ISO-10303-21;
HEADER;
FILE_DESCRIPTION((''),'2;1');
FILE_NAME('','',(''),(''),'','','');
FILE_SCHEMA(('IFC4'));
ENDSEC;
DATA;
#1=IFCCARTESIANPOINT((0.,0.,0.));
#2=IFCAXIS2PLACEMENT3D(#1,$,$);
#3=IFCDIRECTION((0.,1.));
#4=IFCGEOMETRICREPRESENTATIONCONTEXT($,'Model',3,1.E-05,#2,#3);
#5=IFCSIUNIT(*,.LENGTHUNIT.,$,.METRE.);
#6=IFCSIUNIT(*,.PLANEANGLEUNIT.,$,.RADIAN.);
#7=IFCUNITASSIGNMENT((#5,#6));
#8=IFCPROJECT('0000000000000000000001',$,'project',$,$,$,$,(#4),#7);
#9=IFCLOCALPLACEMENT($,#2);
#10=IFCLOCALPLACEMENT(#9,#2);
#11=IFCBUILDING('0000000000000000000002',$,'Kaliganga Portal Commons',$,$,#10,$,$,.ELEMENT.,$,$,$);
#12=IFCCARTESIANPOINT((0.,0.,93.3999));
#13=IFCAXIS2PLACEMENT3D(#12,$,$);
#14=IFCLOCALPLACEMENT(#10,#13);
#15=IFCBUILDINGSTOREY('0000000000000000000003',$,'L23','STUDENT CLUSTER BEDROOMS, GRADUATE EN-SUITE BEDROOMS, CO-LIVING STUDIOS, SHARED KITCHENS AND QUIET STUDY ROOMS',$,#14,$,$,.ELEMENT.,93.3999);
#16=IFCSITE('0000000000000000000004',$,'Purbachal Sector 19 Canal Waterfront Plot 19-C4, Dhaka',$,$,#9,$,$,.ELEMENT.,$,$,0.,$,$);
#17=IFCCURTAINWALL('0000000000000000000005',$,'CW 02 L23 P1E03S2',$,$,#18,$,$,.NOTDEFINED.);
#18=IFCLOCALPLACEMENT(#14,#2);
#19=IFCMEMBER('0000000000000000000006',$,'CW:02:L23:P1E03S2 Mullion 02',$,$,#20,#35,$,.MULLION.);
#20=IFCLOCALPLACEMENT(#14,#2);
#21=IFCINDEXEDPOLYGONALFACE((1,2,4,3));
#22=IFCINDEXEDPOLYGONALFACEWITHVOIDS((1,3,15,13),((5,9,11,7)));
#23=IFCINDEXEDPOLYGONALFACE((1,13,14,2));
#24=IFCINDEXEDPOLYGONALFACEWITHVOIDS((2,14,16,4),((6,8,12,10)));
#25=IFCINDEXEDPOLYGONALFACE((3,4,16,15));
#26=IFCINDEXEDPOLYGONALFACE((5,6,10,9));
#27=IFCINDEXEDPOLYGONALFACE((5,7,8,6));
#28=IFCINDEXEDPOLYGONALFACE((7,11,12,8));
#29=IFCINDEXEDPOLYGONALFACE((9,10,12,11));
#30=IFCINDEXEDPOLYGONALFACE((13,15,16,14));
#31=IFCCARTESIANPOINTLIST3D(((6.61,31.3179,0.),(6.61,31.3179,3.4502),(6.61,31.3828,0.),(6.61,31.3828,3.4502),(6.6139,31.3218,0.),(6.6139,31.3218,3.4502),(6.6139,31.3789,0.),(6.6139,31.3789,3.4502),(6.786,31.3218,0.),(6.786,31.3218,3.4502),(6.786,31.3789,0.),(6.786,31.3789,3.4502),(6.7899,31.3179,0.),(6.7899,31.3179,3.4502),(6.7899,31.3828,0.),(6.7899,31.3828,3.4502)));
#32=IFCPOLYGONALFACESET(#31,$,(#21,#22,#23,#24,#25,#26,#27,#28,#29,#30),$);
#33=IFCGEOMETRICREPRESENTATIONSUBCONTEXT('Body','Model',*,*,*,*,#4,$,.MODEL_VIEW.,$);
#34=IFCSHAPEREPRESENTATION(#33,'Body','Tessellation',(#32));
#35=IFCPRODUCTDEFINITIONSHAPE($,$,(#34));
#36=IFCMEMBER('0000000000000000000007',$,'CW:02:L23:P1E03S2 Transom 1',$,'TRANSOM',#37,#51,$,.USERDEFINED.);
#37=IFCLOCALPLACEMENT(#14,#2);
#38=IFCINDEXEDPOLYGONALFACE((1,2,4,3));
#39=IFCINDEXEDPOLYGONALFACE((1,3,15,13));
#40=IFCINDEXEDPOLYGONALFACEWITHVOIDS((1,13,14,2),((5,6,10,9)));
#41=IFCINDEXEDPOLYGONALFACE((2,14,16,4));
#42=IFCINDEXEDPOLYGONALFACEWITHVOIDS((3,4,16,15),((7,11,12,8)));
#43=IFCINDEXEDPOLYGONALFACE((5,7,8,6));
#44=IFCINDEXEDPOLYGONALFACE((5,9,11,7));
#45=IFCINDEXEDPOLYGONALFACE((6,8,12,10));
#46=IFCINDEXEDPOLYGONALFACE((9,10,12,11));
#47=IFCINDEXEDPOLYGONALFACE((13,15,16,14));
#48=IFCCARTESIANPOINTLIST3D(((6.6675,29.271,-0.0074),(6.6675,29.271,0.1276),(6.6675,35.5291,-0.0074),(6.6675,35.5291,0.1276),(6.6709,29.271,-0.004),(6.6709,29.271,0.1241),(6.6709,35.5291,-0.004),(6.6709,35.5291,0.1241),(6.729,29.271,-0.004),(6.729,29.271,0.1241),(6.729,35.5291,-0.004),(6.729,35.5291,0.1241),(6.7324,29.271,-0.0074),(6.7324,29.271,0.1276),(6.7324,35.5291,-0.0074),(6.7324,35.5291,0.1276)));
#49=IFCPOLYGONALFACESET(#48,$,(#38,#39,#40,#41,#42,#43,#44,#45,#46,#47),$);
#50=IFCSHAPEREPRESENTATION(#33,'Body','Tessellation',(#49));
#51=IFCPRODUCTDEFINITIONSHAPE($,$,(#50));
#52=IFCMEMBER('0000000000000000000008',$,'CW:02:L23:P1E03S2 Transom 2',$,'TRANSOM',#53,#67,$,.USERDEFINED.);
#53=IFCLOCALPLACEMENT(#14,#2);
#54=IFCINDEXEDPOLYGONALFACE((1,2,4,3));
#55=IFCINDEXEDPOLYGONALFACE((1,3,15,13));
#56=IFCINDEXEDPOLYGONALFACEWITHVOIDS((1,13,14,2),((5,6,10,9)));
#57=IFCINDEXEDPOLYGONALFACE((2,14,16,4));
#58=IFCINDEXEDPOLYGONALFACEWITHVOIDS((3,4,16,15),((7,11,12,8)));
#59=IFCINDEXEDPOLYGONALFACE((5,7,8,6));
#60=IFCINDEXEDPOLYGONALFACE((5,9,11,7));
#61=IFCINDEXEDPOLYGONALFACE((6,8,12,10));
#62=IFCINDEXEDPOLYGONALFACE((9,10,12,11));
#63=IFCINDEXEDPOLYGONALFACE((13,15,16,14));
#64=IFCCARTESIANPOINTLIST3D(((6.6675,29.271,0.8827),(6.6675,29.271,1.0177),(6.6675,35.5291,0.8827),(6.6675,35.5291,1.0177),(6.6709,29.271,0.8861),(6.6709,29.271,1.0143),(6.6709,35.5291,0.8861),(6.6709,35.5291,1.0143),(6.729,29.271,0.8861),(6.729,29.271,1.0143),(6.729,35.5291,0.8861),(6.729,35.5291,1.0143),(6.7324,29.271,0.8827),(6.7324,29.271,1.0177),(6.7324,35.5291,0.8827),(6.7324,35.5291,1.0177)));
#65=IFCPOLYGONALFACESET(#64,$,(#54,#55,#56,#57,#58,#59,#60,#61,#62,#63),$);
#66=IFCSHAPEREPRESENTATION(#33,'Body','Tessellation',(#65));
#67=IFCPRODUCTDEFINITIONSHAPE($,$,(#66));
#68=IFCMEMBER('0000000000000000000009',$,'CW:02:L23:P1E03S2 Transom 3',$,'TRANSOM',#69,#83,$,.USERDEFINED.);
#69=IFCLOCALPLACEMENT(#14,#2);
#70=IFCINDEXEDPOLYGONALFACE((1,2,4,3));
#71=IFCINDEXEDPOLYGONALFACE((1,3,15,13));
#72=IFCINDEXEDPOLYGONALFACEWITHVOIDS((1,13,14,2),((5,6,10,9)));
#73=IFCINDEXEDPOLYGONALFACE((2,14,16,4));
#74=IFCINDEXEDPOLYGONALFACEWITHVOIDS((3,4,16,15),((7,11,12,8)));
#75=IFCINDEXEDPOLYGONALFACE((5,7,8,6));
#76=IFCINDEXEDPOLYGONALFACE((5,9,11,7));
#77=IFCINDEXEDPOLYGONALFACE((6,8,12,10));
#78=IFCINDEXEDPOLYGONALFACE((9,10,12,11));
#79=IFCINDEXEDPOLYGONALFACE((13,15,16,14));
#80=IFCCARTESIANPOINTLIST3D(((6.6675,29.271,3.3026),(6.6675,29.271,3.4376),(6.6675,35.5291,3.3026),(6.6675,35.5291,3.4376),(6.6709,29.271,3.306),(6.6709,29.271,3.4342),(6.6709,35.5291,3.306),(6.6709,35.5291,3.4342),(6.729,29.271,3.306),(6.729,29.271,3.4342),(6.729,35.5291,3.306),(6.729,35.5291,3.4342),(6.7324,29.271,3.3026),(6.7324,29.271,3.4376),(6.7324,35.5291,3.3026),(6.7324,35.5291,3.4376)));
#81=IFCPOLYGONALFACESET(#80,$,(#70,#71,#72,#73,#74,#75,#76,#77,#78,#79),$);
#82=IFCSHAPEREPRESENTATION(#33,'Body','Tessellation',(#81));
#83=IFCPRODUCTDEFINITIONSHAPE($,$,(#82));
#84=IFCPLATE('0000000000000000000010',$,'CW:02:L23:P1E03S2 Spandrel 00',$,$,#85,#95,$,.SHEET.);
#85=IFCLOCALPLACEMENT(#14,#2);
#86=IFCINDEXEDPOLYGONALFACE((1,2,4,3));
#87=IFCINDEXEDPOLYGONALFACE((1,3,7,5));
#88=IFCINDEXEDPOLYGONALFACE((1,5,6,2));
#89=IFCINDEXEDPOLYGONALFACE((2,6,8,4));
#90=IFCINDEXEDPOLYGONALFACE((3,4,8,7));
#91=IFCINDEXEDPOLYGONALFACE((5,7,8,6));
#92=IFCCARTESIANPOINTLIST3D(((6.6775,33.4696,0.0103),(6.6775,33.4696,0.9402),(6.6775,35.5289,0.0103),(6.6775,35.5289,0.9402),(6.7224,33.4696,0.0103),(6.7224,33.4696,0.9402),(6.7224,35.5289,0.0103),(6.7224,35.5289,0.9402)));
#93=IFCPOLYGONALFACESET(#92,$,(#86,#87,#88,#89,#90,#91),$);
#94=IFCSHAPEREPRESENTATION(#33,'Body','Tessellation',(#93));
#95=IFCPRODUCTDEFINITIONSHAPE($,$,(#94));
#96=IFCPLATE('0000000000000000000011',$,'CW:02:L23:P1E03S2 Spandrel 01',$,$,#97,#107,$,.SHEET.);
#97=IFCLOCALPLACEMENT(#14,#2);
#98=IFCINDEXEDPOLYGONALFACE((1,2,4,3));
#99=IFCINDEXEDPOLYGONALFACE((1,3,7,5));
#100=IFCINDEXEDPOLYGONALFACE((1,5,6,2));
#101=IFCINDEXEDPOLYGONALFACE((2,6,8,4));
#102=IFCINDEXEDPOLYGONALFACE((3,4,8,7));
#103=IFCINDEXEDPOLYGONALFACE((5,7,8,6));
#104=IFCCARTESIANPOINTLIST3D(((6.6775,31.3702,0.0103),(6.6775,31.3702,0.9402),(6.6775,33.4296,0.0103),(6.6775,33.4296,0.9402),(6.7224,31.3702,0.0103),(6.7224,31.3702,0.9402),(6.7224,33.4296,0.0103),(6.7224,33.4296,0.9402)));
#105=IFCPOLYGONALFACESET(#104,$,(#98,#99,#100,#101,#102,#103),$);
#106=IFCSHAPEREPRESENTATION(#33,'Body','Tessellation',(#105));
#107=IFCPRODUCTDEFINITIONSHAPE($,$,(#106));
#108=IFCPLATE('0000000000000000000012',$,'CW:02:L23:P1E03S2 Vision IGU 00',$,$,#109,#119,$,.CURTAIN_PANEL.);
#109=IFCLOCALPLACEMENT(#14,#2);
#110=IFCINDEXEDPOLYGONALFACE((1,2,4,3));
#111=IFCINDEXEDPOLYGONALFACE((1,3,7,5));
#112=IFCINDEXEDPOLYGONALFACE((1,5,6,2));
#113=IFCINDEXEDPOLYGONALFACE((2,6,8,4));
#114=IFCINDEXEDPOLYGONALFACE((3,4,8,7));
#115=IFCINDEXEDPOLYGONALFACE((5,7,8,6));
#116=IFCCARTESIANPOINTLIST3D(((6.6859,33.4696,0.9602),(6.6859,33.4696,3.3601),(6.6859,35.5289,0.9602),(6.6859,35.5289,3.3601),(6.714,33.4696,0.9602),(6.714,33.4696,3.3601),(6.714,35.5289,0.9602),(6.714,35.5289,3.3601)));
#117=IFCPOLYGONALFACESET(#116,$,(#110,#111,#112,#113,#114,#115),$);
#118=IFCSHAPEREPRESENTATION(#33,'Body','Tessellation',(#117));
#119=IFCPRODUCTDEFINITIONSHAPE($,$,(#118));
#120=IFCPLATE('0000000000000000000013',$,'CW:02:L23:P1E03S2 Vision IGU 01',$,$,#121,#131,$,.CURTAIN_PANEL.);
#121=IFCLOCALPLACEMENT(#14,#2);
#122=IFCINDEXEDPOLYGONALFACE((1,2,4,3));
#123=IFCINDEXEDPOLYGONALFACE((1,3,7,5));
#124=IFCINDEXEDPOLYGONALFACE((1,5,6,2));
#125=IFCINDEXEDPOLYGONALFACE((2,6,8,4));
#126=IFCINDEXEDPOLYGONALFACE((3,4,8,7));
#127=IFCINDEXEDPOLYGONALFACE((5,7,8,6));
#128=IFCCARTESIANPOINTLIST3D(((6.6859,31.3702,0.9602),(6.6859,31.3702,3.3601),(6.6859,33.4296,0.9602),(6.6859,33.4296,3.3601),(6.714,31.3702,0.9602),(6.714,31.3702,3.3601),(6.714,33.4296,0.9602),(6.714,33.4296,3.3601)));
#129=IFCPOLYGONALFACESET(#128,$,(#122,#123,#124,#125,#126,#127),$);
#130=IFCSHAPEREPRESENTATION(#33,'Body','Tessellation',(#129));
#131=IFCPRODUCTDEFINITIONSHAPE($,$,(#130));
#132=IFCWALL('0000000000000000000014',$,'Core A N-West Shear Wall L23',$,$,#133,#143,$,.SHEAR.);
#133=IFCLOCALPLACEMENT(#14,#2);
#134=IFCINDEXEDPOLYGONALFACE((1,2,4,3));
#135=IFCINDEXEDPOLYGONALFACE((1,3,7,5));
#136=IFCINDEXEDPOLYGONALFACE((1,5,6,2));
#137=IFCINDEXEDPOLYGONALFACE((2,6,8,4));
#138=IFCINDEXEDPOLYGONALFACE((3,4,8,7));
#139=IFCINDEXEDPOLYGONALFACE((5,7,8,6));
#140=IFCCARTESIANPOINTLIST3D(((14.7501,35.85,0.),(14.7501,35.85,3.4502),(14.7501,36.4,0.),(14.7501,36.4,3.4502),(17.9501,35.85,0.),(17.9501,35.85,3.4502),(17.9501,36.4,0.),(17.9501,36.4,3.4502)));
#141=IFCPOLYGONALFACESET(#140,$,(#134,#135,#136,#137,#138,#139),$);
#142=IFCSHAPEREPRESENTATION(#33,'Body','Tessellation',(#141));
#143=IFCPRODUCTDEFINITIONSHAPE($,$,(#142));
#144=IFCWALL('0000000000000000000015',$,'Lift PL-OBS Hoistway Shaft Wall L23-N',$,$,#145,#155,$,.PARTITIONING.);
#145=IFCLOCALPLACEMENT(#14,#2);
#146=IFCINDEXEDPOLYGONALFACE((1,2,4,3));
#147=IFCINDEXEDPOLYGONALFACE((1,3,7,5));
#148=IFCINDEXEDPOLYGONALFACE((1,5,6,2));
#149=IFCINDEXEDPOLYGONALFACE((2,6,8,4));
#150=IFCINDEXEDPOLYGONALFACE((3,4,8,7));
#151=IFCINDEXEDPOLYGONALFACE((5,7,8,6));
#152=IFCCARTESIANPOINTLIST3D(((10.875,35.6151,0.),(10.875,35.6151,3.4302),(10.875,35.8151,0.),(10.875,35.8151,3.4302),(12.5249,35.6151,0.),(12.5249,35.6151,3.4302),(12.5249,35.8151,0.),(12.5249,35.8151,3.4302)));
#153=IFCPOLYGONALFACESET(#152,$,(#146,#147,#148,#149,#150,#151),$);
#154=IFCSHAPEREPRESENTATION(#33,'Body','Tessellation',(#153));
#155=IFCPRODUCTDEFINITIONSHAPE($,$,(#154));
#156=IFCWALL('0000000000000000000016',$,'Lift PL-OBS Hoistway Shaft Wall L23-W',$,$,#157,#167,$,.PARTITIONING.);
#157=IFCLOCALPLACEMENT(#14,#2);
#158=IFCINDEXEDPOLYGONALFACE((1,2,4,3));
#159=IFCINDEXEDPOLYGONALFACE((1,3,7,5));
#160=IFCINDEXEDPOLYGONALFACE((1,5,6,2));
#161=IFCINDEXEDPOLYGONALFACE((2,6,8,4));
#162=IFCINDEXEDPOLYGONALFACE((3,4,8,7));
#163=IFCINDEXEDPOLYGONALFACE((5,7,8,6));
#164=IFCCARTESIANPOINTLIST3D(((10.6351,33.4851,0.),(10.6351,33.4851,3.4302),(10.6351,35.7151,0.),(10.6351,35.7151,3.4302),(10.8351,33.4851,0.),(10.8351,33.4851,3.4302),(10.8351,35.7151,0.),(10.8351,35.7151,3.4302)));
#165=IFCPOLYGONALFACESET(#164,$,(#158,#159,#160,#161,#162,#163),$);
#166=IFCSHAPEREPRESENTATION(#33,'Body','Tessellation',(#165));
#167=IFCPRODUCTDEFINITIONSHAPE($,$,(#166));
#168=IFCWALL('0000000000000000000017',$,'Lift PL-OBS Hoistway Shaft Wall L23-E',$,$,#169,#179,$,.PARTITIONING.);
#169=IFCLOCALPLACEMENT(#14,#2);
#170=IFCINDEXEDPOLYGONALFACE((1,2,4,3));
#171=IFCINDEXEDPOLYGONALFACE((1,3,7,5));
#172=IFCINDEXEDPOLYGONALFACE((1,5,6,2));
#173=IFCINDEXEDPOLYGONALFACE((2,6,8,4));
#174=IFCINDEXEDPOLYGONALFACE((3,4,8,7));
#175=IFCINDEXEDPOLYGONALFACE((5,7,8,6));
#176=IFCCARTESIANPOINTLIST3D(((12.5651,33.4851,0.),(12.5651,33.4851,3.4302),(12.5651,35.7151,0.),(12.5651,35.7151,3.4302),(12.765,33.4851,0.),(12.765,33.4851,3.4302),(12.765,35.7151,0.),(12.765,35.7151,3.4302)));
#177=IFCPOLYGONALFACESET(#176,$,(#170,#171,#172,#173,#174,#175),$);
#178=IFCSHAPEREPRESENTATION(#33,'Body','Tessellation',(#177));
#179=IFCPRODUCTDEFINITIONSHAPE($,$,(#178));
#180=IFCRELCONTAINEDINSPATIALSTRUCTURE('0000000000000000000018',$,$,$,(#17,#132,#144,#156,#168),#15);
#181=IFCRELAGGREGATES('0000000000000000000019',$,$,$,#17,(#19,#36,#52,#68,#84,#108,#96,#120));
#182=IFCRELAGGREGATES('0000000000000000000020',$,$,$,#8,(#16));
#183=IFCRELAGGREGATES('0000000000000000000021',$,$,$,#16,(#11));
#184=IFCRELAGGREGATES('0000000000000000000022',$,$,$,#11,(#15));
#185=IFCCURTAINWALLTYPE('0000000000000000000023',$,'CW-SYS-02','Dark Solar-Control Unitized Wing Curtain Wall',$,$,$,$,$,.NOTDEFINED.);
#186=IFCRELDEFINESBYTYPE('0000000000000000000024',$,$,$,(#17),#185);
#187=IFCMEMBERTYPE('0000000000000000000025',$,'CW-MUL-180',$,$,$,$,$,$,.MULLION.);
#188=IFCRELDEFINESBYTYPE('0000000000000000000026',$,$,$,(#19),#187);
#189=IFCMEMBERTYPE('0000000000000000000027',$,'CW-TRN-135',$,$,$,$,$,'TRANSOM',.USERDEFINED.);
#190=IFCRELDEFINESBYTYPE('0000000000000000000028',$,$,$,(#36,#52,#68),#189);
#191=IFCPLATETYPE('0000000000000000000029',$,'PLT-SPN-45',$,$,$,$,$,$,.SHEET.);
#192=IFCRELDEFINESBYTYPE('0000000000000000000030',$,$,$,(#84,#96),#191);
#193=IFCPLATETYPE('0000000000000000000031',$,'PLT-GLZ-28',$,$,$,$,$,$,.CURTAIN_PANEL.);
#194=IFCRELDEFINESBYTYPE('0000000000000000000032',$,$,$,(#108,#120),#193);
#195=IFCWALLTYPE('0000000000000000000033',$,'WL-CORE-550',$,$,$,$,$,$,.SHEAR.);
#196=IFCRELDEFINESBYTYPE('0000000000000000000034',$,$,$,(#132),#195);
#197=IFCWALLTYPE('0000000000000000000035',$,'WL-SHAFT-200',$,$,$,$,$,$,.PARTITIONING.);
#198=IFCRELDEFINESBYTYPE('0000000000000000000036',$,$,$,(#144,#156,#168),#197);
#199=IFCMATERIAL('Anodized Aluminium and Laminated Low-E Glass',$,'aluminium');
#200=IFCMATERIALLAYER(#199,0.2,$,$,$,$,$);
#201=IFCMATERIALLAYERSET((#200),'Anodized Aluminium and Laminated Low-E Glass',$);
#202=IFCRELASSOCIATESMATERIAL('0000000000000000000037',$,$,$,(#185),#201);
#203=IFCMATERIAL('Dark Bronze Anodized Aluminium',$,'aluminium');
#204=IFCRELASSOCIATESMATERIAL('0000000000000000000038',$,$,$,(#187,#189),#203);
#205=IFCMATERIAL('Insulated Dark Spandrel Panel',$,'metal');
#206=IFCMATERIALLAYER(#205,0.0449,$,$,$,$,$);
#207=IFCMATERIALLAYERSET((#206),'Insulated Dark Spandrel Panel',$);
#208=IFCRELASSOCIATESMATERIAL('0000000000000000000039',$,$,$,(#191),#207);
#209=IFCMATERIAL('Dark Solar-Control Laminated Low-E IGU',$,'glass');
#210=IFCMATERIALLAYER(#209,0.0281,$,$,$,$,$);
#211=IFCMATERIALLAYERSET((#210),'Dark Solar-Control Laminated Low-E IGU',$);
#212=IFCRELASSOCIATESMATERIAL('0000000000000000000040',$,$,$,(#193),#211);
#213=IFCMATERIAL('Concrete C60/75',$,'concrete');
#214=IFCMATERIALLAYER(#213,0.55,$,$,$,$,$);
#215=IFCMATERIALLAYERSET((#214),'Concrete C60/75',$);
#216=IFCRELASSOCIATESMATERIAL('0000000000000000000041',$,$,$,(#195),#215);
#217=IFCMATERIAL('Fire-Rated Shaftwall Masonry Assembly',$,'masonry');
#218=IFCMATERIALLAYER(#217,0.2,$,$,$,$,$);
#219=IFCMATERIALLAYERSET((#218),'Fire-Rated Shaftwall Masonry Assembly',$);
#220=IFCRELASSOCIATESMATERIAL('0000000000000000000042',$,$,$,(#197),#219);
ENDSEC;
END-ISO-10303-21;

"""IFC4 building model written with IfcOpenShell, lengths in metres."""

from ifc_helpers import new_model, si_unit, direction, frame, frame_2d, origin, origin_2d, place, context, subcontext, project, spatial, rectangle, hollow_rectangle, extrude, source, transform, mapped, material, layer, layer_set, material_profile, profile_set, type_object, element, aggregate, save


model = new_model("IFC4")

# Units and contexts
model_context = context("Model", 3, precision=1e-05, world=origin(), true_north=direction((0.0, 1.0)))
body_context = subcontext(model_context, "Body", "Model", "MODEL_VIEW")
ifc_project = project(units=[si_unit("LENGTHUNIT", "METRE"), si_unit("PLANEANGLEUNIT", "RADIAN")], contexts=[model_context])

# Site, building, storey
site_placement = place(None, origin())
site = spatial("IfcSite", under=ifc_project, at=site_placement, Name="Purbachal Sector 19 Canal Waterfront Plot 19-C4, Dhaka", CompositionType="ELEMENT", RefElevation=0.0)
building_placement = place(site_placement, origin())
building = spatial("IfcBuilding", under=site, at=building_placement, Name="Kaliganga Portal Commons", CompositionType="ELEMENT")
storey_placement = place(building_placement, frame((0.0, 0.0, 93.3999)))
storey = spatial("IfcBuildingStorey", under=building, at=storey_placement, Name="L23", Description="STUDENT CLUSTER BEDROOMS, GRADUATE EN-SUITE BEDROOMS, CO-LIVING STUDIOS, SHARED KITCHENS AND QUIET STUDY ROOMS", CompositionType="ELEMENT", Elevation=93.3999)

# Shared definitions
ifc_material_1 = material(Name="Concrete C60/75", Category="concrete")

# Shared definitions
ifc_material_2 = material(Name="Anodized Aluminium and Laminated Low-E Glass", Category="aluminium")
ifc_layer_1 = layer(ifc_material_2, 0.2)
ifc_layer_set_1 = layer_set([ifc_layer_1], Name="Anodized Aluminium and Laminated Low-E Glass")
curtain_wall_type = type_object("IfcCurtainWallType", Name="CW-SYS-02", Description="Dark Solar-Control Unitized Wing Curtain Wall", PredefinedType="NOTDEFINED", material=ifc_layer_set_1)
ifc_material_3 = material(Name="Dark Bronze Anodized Aluminium", Category="aluminium")
ifc_material_profile_1 = material_profile(ifc_material_3, hollow_rectangle(XDim=0.0649, YDim=0.1799, WallThickness=0.0039, at=origin_2d()), Name="ALU MULL 65x180x4")
ifc_profile_set_1 = profile_set([ifc_material_profile_1], Name="Dark Bronze Anodized Aluminium")
member_type_1 = type_object("IfcMemberType", Name="CW-MUL-180", PredefinedType="MULLION", material=ifc_profile_set_1)
shared_shape_1 = source(origin(), body_context, "Body", "SweptSolid", [
    extrude(hollow_rectangle(XDim=0.0649, YDim=0.1799, WallThickness=0.0039, at=origin_2d()), origin(), (0.0, 0.0, 1.0), 3.4502),
])

# Curtain wall, members, plates
curtain_wall_1_placement = place(storey_placement, origin())
curtain_wall_1 = element("IfcCurtainWall", 1, at=curtain_wall_1_placement, inside=storey, type_object=curtain_wall_type, Name="CW 02 L23 P1E03S2", PredefinedType="NOTDEFINED")
member_1_placement = place(storey_placement, frame((6.7, 31.3503, 0.0), z_axis=(0.0, 0.0, 1.0), x_axis=(0.0, -1.0, 0.0)))
member_1 = element("IfcMember", 2, at=member_1_placement, type_object=member_type_1, Name="CW:02:L23:P1E03S2 Mullion 02", PredefinedType="MULLION", context=body_context, shape_type="MappedRepresentation", body=[
    mapped(shared_shape_1, transform((0.0, 0.0, 0.0), x_axis=(1.0, 0.0, 0.0), y_axis=(0.0, 1.0, 0.0), z_axis=(0.0, 0.0, 1.0), scale=1.0)),
])
ifc_material_profile_2 = material_profile(ifc_material_3, hollow_rectangle(XDim=0.0649, YDim=0.135, WallThickness=0.0034, at=origin_2d()), Name="ALU TRAN 65x135x3.5")
ifc_profile_set_2 = profile_set([ifc_material_profile_2], Name="Dark Bronze Anodized Aluminium")
member_type_2 = type_object("IfcMemberType", Name="CW-TRN-135", ElementType="TRANSOM", PredefinedType="USERDEFINED", material=ifc_profile_set_2)
shared_shape_2 = source(origin(), body_context, "Body", "SweptSolid", [
    extrude(hollow_rectangle(XDim=0.0649, YDim=0.135, WallThickness=0.0034, at=origin_2d()), origin(), (0.0, 0.0, 1.0), 6.2581),
])
member_2_placement = place(storey_placement, frame((6.7, 35.5291, 0.0601), z_axis=(0.0, -1.0, 0.0), x_axis=(1.0, 0.0, 0.0)))
member_2 = element("IfcMember", 3, at=member_2_placement, type_object=member_type_2, Name="CW:02:L23:P1E03S2 Transom 1", ObjectType="TRANSOM", PredefinedType="USERDEFINED", context=body_context, shape_type="MappedRepresentation", body=[
    mapped(shared_shape_2, transform((0.0, 0.0, 0.0), x_axis=(1.0, 0.0, 0.0), y_axis=(0.0, 1.0, 0.0), z_axis=(0.0, 0.0, 1.0), scale=1.0)),
])
member_3_placement = place(storey_placement, frame((6.7, 35.5291, 0.9502), z_axis=(0.0, -1.0, 0.0), x_axis=(1.0, 0.0, 0.0)))
member_3 = element("IfcMember", 4, at=member_3_placement, type_object=member_type_2, Name="CW:02:L23:P1E03S2 Transom 2", ObjectType="TRANSOM", PredefinedType="USERDEFINED", context=body_context, shape_type="MappedRepresentation", body=[
    mapped(shared_shape_2, transform((0.0, 0.0, 0.0), x_axis=(1.0, 0.0, 0.0), y_axis=(0.0, 1.0, 0.0), z_axis=(0.0, 0.0, 1.0), scale=1.0)),
])
member_4_placement = place(storey_placement, frame((6.7, 35.5291, 3.3701), z_axis=(0.0, -1.0, 0.0), x_axis=(1.0, 0.0, 0.0)))
member_4 = element("IfcMember", 5, at=member_4_placement, type_object=member_type_2, Name="CW:02:L23:P1E03S2 Transom 3", ObjectType="TRANSOM", PredefinedType="USERDEFINED", context=body_context, shape_type="MappedRepresentation", body=[
    mapped(shared_shape_2, transform((0.0, 0.0, 0.0), x_axis=(1.0, 0.0, 0.0), y_axis=(0.0, 1.0, 0.0), z_axis=(0.0, 0.0, 1.0), scale=1.0)),
])
ifc_material_4 = material(Name="Insulated Dark Spandrel Panel", Category="metal")
ifc_layer_2 = layer(ifc_material_4, 0.0449)
ifc_layer_set_2 = layer_set([ifc_layer_2], Name="Insulated Dark Spandrel Panel")
plate_type_1 = type_object("IfcPlateType", Name="PLT-SPN-45", PredefinedType="SHEET", material=ifc_layer_set_2)
shared_shape_3 = source(origin(), body_context, "Body", "SweptSolid", [
    extrude(rectangle(XDim=2.0593, YDim=0.0449, at=origin_2d()), origin(), (0.0, 0.0, 1.0), 0.9299),
])
plate_1_placement = place(storey_placement, frame((6.7, 34.4993, 0.0103), z_axis=(0.0, 0.0, 1.0), x_axis=(0.0, -1.0, 0.0)))
plate_1 = element("IfcPlate", 6, at=plate_1_placement, type_object=plate_type_1, Name="CW:02:L23:P1E03S2 Spandrel 00", PredefinedType="SHEET", context=body_context, shape_type="MappedRepresentation", body=[
    mapped(shared_shape_3, transform((0.0, 0.0, 0.0), x_axis=(1.0, 0.0, 0.0), y_axis=(0.0, 1.0, 0.0), z_axis=(0.0, 0.0, 1.0), scale=1.0)),
])
plate_2_placement = place(storey_placement, frame((6.7, 32.3999, 0.0103), z_axis=(0.0, 0.0, 1.0), x_axis=(0.0, -1.0, 0.0)))
plate_2 = element("IfcPlate", 7, at=plate_2_placement, type_object=plate_type_1, Name="CW:02:L23:P1E03S2 Spandrel 01", PredefinedType="SHEET", context=body_context, shape_type="MappedRepresentation", body=[
    mapped(shared_shape_3, transform((0.0, 0.0, 0.0), x_axis=(1.0, 0.0, 0.0), y_axis=(0.0, 1.0, 0.0), z_axis=(0.0, 0.0, 1.0), scale=1.0)),
])
ifc_material_5 = material(Name="Dark Solar-Control Laminated Low-E IGU", Category="glass")
ifc_layer_3 = layer(ifc_material_5, 0.0281)
ifc_layer_set_3 = layer_set([ifc_layer_3], Name="Dark Solar-Control Laminated Low-E IGU")
plate_type_2 = type_object("IfcPlateType", Name="PLT-GLZ-28", PredefinedType="CURTAIN_PANEL", material=ifc_layer_set_3)
shared_shape_4 = source(origin(), body_context, "Body", "SweptSolid", [
    extrude(rectangle(XDim=2.0593, YDim=0.0281, at=origin_2d()), origin(), (0.0, 0.0, 1.0), 2.3999),
])
plate_3_placement = place(storey_placement, frame((6.7, 34.4993, 0.9602), z_axis=(0.0, 0.0, 1.0), x_axis=(0.0, -1.0, 0.0)))
plate_3 = element("IfcPlate", 8, at=plate_3_placement, type_object=plate_type_2, Name="CW:02:L23:P1E03S2 Vision IGU 00", PredefinedType="CURTAIN_PANEL", context=body_context, shape_type="MappedRepresentation", body=[
    mapped(shared_shape_4, transform((0.0, 0.0, 0.0), x_axis=(1.0, 0.0, 0.0), y_axis=(0.0, 1.0, 0.0), z_axis=(0.0, 0.0, 1.0), scale=1.0)),
])
plate_4_placement = place(storey_placement, frame((6.7, 32.3999, 0.9602), z_axis=(0.0, 0.0, 1.0), x_axis=(0.0, -1.0, 0.0)))
plate_4 = element("IfcPlate", 9, at=plate_4_placement, type_object=plate_type_2, Name="CW:02:L23:P1E03S2 Vision IGU 01", PredefinedType="CURTAIN_PANEL", context=body_context, shape_type="MappedRepresentation", body=[
    mapped(shared_shape_4, transform((0.0, 0.0, 0.0), x_axis=(1.0, 0.0, 0.0), y_axis=(0.0, 1.0, 0.0), z_axis=(0.0, 0.0, 1.0), scale=1.0)),
])
aggregate(curtain_wall_1, [member_1, member_2, member_3, member_4, plate_1, plate_3, plate_2, plate_4])

# Wall
ifc_layer_4 = layer(ifc_material_1, 0.55)
ifc_layer_set_4 = layer_set([ifc_layer_4], Name="Concrete C60/75")
wall_type_1 = type_object("IfcWallType", Name="WL-CORE-550", PredefinedType="SHEAR", material=ifc_layer_set_4)
wall_1_placement = place(storey_placement, frame((14.75, 36.125, 0.0), z_axis=(0.0, 0.0, 1.0), x_axis=(1.0, 0.0, 0.0)))
element("IfcWall", 10, at=wall_1_placement, inside=storey, type_object=wall_type_1, Name="Core A N-West Shear Wall L23", PredefinedType="SHEAR", context=body_context, shape_type="SweptSolid", body=[
    extrude(rectangle(XDim=3.2, YDim=0.55, at=frame_2d((1.6001, 0.0))), origin(), (0.0, 0.0, 1.0), 3.4502),
])

# Shared definitions
ifc_material_6 = material(Name="Fire-Rated Shaftwall Masonry Assembly", Category="masonry")
ifc_layer_5 = layer(ifc_material_6, 0.2)
ifc_layer_set_5 = layer_set([ifc_layer_5], Name="Fire-Rated Shaftwall Masonry Assembly")
wall_type_2 = type_object("IfcWallType", Name="WL-SHAFT-200", PredefinedType="PARTITIONING", material=ifc_layer_set_5)

# Walls
wall_2_placement = place(storey_placement, frame((10.875, 35.7151, 0.0), z_axis=(0.0, 0.0, 1.0), x_axis=(1.0, 0.0, 0.0)))
element("IfcWall", 11, at=wall_2_placement, inside=storey, type_object=wall_type_2, Name="Lift PL-OBS Hoistway Shaft Wall L23-N", PredefinedType="PARTITIONING", context=body_context, shape_type="SweptSolid", body=[
    extrude(rectangle(XDim=1.6499, YDim=0.2, at=frame_2d((0.825, 0.0))), origin(), (0.0, 0.0, 1.0), 3.4302),
])
for number, where, z_axis, x_axis, name in (
    (12, (10.7351, 33.4851, 0.0), (0.0, 0.0, 1.0), (0.0, 1.0, 0.0), "Lift PL-OBS Hoistway Shaft Wall L23-W"),
    (13, (12.665, 33.4851, 0.0), (0.0, 0.0, 1.0), (0.0, 1.0, 0.0), "Lift PL-OBS Hoistway Shaft Wall L23-E"),
):
    element("IfcWall", number, at=place(storey_placement, frame(where, z_axis=z_axis, x_axis=x_axis)), inside=storey, type_object=wall_type_2, Name=name, PredefinedType="PARTITIONING", context=body_context, shape_type="SweptSolid", body=[
        extrude(rectangle(XDim=2.23, YDim=0.2, at=frame_2d((1.115, 0.0))), origin(), (0.0, 0.0, 1.0), 3.4302),
    ])

save(model, "model.ifc")
